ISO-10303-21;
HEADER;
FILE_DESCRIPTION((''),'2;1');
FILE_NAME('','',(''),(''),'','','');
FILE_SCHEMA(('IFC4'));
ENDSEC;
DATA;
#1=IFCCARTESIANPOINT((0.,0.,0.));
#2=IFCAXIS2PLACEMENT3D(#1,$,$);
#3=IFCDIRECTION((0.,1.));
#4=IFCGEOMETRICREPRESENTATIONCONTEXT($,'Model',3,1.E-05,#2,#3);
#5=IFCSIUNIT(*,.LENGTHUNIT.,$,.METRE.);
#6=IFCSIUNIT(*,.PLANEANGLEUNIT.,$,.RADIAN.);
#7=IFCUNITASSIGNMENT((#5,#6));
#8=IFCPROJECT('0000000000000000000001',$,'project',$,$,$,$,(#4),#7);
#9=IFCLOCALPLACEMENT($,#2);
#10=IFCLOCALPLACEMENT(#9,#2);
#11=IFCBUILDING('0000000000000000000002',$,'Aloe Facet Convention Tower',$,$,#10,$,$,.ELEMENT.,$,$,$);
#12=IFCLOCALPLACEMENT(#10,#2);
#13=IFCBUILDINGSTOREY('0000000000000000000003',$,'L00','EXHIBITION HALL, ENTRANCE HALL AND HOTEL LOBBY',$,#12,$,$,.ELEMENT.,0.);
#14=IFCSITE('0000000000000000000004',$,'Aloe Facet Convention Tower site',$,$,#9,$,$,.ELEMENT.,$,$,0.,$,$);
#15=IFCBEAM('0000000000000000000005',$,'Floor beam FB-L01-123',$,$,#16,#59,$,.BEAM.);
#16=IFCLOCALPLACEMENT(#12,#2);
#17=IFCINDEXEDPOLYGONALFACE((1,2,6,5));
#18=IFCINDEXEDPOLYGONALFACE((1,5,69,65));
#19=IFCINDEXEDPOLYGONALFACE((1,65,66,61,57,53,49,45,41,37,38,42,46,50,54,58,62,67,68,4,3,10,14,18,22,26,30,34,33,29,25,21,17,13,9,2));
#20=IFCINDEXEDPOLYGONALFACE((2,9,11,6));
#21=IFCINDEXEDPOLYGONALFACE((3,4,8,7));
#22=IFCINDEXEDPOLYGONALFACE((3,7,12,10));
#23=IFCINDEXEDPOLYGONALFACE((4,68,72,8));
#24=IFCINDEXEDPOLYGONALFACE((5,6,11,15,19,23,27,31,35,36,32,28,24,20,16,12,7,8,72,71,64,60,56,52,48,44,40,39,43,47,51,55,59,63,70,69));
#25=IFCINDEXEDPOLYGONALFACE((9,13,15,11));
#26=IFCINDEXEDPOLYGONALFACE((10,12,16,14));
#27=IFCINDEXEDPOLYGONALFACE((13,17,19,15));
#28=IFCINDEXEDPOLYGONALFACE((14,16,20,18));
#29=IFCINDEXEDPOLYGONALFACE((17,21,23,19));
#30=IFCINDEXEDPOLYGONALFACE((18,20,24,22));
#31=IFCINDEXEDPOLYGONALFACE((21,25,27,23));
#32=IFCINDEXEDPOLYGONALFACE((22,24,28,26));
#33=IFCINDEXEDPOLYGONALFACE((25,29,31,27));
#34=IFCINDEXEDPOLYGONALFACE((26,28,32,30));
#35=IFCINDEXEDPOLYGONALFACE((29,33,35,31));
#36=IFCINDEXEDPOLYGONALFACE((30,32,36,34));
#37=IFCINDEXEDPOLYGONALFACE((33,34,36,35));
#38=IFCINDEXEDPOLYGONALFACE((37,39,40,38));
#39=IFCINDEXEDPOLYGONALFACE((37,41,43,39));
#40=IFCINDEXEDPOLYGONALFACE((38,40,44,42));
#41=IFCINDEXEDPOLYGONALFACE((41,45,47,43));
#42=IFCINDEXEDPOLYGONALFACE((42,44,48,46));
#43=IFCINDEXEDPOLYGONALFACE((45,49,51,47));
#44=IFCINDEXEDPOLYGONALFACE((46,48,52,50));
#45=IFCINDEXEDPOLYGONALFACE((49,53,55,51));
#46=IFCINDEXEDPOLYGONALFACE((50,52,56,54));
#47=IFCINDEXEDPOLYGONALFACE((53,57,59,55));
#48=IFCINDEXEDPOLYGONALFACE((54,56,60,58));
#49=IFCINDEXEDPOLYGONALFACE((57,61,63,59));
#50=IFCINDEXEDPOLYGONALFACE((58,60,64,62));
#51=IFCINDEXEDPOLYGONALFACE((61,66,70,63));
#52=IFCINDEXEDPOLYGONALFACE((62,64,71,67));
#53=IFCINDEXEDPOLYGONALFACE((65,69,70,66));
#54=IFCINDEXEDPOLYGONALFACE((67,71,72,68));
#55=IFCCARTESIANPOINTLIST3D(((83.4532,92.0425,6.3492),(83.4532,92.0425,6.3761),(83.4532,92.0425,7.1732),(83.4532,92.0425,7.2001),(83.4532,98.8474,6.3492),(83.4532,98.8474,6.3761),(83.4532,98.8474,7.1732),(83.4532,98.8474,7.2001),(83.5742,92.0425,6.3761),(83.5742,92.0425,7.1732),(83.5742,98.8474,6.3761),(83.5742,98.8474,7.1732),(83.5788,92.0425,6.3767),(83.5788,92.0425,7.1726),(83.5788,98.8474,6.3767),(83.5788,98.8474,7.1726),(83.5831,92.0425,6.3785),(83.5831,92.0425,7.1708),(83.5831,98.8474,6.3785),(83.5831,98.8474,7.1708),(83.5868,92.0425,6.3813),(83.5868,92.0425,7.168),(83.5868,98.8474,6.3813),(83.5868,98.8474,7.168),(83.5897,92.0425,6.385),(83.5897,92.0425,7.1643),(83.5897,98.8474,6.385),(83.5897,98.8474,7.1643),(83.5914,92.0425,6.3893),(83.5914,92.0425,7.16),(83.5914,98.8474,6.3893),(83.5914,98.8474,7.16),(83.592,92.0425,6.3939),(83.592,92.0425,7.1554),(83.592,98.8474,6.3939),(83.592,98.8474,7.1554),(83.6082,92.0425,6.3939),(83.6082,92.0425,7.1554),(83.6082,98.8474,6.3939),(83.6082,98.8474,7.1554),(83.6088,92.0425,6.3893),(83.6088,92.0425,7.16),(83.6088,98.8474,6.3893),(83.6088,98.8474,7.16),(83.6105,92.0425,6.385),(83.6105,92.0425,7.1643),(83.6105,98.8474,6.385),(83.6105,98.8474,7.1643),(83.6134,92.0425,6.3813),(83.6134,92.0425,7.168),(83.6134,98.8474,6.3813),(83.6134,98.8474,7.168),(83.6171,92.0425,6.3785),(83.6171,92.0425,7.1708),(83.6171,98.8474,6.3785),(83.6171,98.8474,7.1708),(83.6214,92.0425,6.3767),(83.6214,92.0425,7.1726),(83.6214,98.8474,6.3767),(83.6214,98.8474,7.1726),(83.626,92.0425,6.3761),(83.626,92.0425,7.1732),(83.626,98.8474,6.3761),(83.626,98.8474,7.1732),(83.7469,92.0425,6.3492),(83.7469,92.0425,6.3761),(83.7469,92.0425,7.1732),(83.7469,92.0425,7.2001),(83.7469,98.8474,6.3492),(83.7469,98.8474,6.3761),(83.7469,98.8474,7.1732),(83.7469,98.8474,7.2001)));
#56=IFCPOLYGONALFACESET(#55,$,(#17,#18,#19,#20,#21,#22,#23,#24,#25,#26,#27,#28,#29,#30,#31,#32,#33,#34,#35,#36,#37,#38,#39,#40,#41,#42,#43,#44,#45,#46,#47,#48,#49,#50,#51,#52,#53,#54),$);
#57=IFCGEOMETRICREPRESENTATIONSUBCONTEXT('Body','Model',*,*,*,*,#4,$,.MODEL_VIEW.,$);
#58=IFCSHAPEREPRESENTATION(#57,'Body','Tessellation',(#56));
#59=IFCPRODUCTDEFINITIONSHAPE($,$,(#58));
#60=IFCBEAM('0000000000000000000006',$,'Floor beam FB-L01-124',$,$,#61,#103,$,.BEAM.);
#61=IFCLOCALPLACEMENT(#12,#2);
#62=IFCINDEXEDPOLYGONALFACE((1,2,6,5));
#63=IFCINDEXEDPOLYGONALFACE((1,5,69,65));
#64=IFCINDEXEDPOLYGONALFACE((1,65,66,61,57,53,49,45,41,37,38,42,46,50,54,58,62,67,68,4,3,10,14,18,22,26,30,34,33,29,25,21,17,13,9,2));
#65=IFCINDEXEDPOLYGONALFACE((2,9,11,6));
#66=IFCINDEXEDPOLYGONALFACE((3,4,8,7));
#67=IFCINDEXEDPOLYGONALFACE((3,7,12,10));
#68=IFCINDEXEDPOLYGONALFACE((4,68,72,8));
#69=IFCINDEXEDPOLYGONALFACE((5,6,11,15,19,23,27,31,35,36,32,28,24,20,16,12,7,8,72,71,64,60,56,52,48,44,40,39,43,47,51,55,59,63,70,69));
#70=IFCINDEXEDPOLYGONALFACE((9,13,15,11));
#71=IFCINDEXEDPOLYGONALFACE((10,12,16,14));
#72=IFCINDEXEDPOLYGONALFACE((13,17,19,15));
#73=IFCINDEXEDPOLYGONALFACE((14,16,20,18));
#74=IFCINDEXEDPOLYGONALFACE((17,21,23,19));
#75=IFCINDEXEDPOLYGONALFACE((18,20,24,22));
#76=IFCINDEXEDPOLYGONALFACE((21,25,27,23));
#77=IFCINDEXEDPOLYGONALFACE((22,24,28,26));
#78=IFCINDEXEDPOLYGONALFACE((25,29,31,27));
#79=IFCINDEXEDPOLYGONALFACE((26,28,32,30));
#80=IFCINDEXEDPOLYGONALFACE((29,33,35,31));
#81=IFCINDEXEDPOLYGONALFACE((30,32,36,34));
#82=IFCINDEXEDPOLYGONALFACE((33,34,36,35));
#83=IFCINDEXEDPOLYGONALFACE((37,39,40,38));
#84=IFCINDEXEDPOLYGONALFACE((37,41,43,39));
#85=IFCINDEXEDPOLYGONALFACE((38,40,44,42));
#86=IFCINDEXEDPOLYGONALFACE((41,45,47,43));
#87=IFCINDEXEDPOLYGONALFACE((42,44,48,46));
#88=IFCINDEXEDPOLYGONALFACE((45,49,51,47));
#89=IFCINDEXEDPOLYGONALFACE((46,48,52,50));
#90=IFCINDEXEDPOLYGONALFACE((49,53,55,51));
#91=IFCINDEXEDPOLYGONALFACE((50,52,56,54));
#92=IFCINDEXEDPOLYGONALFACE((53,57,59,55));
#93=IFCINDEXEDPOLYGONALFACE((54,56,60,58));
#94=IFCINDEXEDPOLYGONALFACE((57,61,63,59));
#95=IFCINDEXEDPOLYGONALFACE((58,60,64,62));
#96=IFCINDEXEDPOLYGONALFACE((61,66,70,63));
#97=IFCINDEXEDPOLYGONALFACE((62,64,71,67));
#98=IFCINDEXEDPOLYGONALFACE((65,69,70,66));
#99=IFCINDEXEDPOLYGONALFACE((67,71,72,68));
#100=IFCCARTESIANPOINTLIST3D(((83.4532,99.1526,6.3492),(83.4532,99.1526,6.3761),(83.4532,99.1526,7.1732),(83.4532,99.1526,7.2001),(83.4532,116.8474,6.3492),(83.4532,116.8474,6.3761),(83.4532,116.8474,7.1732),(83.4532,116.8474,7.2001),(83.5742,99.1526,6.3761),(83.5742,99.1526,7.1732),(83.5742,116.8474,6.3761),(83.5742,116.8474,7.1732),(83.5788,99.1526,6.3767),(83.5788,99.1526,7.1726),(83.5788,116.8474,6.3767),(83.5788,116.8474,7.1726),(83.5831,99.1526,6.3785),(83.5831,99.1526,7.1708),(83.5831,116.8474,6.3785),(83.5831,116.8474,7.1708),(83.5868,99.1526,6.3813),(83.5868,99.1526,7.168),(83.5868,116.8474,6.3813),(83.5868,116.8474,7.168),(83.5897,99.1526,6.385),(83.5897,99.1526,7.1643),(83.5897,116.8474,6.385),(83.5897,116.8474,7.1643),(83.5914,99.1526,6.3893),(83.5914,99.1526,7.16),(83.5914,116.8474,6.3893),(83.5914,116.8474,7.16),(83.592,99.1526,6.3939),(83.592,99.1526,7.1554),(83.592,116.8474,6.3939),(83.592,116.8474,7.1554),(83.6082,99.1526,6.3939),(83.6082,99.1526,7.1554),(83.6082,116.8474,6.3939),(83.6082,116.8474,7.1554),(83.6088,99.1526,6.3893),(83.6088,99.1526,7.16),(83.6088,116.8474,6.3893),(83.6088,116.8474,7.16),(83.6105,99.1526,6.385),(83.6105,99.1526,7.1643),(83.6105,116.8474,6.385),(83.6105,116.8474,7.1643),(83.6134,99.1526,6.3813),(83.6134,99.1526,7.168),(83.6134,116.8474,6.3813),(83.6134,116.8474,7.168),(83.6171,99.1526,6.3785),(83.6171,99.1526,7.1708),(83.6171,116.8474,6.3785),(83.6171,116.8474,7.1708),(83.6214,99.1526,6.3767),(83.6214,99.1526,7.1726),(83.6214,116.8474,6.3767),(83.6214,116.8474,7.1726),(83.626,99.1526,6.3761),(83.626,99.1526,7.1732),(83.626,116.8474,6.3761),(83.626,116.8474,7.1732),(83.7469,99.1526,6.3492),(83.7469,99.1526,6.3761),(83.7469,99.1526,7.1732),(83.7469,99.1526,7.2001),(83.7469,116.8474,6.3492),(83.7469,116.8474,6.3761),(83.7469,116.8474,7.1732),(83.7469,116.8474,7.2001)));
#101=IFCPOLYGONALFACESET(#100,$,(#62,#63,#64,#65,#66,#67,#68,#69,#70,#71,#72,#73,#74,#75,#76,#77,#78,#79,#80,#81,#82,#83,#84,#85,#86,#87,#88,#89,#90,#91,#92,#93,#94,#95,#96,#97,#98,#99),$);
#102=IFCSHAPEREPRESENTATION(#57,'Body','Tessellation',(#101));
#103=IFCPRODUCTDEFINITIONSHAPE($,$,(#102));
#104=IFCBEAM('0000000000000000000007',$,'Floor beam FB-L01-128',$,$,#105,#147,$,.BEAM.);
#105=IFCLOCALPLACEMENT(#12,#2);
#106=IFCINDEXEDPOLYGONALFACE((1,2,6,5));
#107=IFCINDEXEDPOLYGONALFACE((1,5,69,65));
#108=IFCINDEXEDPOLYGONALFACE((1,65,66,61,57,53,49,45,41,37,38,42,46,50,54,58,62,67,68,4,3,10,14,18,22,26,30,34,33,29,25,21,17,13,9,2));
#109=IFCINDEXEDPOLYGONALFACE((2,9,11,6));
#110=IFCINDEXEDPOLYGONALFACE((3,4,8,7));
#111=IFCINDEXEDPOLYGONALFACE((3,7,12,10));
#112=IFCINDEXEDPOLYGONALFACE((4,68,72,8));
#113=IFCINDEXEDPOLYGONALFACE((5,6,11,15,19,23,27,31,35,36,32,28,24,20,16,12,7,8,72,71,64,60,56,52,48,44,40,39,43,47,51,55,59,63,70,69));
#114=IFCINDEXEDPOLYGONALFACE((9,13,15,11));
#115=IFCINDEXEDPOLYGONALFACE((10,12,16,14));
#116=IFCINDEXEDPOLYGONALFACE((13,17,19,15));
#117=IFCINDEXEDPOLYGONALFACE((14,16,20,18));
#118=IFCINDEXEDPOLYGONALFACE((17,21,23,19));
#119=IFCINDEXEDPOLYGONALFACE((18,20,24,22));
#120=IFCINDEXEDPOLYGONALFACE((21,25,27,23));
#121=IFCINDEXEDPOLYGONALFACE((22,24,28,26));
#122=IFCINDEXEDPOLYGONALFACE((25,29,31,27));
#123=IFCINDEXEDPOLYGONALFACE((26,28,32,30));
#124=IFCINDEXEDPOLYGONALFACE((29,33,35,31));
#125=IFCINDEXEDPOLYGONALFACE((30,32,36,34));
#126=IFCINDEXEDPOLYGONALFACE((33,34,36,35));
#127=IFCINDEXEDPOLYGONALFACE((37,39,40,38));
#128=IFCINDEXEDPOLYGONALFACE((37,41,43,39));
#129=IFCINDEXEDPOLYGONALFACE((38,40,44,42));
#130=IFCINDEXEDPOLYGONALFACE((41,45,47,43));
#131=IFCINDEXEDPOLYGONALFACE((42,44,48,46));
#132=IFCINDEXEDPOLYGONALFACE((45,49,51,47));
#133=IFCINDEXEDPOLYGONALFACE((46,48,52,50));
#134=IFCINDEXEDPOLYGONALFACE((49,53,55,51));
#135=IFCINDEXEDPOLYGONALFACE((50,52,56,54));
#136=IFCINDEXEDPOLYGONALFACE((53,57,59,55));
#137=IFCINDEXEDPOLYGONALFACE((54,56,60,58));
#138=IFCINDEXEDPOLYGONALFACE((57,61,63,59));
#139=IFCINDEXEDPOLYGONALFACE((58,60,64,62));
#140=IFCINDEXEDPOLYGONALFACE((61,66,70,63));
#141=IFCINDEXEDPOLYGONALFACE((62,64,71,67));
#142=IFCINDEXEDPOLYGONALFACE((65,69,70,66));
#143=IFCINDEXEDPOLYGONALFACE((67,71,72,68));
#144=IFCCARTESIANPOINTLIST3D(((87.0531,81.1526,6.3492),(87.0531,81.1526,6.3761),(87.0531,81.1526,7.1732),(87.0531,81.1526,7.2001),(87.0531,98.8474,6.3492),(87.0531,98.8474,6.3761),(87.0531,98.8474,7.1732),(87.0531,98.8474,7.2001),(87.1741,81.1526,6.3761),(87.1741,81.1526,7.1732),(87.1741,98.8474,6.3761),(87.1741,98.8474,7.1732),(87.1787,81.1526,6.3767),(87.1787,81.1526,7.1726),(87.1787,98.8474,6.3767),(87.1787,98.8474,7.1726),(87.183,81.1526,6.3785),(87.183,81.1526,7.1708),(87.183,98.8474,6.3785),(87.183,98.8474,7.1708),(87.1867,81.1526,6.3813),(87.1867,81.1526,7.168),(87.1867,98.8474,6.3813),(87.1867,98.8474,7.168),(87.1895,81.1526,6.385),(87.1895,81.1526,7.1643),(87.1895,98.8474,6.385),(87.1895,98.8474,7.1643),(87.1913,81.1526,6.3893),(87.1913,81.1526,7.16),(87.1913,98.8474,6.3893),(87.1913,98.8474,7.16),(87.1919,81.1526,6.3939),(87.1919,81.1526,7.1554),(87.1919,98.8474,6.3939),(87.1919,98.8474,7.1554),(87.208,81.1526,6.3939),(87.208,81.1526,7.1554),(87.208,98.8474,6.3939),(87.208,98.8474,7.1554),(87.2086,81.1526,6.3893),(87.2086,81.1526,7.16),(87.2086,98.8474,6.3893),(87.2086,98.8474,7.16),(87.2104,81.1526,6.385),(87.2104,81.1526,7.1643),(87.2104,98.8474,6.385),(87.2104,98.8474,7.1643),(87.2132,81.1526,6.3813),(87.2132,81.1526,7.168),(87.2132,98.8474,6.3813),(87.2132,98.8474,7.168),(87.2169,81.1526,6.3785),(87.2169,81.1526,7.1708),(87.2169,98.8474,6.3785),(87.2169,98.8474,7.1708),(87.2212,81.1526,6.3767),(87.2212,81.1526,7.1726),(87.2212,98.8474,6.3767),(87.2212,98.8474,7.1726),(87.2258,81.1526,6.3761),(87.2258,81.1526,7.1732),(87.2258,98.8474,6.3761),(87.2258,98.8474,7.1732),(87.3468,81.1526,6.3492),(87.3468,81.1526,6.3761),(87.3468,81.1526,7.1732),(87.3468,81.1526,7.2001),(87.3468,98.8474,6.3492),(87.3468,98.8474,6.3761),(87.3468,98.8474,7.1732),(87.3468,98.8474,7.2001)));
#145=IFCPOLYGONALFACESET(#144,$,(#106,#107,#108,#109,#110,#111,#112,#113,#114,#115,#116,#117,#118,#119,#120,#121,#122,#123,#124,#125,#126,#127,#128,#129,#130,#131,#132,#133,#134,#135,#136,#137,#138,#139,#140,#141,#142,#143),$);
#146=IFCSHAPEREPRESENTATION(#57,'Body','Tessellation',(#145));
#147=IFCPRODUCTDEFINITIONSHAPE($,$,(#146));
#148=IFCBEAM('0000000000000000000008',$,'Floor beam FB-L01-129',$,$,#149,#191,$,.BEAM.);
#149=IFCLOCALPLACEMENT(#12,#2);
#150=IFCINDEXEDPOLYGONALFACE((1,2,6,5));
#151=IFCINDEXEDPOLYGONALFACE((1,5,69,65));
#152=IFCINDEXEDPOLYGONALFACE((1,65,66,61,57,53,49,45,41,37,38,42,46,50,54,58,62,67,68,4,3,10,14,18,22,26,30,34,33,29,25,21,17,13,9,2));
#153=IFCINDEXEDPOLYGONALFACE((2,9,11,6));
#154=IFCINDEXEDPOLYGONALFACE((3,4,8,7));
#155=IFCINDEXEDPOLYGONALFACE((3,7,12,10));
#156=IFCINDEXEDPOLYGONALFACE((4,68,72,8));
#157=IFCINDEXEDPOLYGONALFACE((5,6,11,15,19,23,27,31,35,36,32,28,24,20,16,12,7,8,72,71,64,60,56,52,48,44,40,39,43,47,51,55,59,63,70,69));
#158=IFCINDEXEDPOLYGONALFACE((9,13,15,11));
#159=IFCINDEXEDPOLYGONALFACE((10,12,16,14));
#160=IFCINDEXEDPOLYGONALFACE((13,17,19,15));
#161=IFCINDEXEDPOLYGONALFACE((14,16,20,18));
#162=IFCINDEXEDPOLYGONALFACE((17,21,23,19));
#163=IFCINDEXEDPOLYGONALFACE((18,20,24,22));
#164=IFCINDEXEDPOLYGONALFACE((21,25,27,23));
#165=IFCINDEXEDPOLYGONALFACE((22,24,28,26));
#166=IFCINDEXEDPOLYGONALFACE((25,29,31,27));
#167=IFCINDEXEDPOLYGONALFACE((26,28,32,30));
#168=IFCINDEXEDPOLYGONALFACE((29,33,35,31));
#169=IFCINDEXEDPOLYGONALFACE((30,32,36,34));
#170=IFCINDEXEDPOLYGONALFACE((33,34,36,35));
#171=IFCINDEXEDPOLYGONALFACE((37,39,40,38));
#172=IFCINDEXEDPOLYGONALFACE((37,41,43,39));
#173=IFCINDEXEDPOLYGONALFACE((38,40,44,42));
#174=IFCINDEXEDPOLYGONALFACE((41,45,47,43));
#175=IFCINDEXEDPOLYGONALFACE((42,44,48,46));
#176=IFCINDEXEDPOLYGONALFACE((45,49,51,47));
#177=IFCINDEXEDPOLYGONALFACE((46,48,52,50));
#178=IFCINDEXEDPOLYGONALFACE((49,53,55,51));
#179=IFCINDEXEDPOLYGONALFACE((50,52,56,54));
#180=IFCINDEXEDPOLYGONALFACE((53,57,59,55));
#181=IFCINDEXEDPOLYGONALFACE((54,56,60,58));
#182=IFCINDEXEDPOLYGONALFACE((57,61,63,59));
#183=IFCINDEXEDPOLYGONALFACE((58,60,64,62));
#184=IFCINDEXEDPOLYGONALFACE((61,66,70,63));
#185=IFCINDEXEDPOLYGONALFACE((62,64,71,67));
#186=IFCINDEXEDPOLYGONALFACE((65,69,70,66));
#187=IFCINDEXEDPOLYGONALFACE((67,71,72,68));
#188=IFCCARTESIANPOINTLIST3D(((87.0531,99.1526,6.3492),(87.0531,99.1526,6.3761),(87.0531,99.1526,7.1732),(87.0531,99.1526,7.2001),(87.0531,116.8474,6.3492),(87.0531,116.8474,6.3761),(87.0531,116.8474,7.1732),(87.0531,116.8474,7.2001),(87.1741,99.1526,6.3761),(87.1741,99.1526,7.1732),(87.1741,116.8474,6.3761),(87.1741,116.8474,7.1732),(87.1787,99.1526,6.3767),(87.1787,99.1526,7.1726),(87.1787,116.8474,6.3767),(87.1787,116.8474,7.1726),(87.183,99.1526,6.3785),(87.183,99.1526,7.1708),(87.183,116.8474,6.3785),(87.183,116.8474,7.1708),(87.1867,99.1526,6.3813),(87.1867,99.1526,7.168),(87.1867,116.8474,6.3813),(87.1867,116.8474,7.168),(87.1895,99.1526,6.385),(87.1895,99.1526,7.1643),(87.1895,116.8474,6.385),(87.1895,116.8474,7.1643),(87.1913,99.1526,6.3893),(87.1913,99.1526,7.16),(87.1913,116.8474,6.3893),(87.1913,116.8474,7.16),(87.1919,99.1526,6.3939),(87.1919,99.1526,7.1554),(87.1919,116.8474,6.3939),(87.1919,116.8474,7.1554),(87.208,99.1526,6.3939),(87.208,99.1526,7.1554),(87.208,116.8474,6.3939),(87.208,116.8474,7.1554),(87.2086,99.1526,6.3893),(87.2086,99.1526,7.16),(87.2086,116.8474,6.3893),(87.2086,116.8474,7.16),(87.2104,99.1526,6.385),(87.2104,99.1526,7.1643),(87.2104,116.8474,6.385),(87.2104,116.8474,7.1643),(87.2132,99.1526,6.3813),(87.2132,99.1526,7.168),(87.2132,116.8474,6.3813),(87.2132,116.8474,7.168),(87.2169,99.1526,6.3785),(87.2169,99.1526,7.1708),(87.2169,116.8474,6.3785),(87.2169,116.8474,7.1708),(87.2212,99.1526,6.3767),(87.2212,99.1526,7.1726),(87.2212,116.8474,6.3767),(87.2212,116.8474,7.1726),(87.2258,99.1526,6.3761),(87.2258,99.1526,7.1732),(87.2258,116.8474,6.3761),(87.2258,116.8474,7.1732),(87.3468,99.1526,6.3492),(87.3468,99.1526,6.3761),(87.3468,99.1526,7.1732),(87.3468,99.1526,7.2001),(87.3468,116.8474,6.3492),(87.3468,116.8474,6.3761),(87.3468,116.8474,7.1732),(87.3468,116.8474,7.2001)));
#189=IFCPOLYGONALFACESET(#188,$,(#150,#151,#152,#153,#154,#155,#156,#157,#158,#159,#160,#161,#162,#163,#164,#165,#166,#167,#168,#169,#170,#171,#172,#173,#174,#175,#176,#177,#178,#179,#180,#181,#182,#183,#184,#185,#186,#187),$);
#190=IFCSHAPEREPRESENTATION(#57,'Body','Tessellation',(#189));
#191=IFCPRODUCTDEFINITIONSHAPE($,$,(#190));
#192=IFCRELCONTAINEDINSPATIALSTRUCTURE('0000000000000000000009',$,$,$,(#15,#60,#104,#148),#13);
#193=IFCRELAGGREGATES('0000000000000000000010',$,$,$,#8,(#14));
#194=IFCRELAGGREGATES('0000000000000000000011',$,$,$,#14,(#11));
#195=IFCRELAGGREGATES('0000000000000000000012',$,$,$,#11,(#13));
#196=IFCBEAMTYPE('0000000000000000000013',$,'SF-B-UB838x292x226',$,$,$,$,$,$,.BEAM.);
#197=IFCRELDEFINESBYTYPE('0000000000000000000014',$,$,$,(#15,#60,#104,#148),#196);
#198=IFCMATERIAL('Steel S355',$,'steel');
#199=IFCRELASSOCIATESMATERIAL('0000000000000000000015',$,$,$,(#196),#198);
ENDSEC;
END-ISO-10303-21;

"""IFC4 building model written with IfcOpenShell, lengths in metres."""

from ifc_helpers import new_model, si_unit, direction, frame, origin, origin_2d, place, context, subcontext, project, spatial, i_section, extrude, material, material_profile, profile_set, type_object, element, save


model = new_model("IFC4")

# Units and contexts
model_context = context("Model", 3, precision=1e-05, world=origin(), true_north=direction((0.0, 1.0)))
body_context = subcontext(model_context, "Body", "Model", "MODEL_VIEW")
ifc_project = project(units=[si_unit("LENGTHUNIT", "METRE"), si_unit("PLANEANGLEUNIT", "RADIAN")], contexts=[model_context])

# Site, building, storey
site_placement = place(None, origin())
site = spatial("IfcSite", under=ifc_project, at=site_placement, Name="Aloe Facet Convention Tower site", CompositionType="ELEMENT", RefElevation=0.0)
building_placement = place(site_placement, origin())
building = spatial("IfcBuilding", under=site, at=building_placement, Name="Aloe Facet Convention Tower", CompositionType="ELEMENT")
storey_placement = place(building_placement, origin())
storey = spatial("IfcBuildingStorey", under=building, at=storey_placement, Name="L00", Description="EXHIBITION HALL, ENTRANCE HALL AND HOTEL LOBBY", CompositionType="ELEMENT", Elevation=0.0)

# Beams
ifc_material_1 = material(Name="Steel S355", Category="steel")
ifc_material_profile_1 = material_profile(ifc_material_1, i_section(OverallWidth=0.2937, OverallDepth=0.8508, WebThickness=0.0161, FlangeThickness=0.0269, FilletRadius=0.0178, at=origin_2d()), Name="UB 838x292x226")
ifc_profile_set_1 = profile_set([ifc_material_profile_1], Name="Steel S355")
beam_type_1 = type_object("IfcBeamType", Name="SF-B-UB838x292x226", PredefinedType="BEAM", material=ifc_profile_set_1)
beam_1_placement = place(storey_placement, frame((83.6001, 92.0425, 6.7747), z_axis=(0.0, 1.0, 0.0), x_axis=(-1.0, 0.0, 0.0)))
element("IfcBeam", 1, at=beam_1_placement, inside=storey, type_object=beam_type_1, Name="Floor beam FB-L01-123", PredefinedType="BEAM", context=body_context, shape_type="SweptSolid", body=[
    extrude(i_section(OverallWidth=0.2937, OverallDepth=0.8508, WebThickness=0.0161, FlangeThickness=0.0269, FilletRadius=0.0178, at=origin_2d()), origin(), (0.0, 0.0, 1.0), 6.8049),
])
for number, where, z_axis, x_axis, name in (
    (2, (83.6001, 99.1526, 6.7747), (0.0, 1.0, 0.0), (-1.0, 0.0, 0.0), "Floor beam FB-L01-124"),
    (3, (87.2, 81.1526, 6.7747), (0.0, 1.0, 0.0), (-1.0, 0.0, 0.0), "Floor beam FB-L01-128"),
    (4, (87.2, 99.1526, 6.7747), (0.0, 1.0, 0.0), (-1.0, 0.0, 0.0), "Floor beam FB-L01-129"),
):
    element("IfcBeam", number, at=place(storey_placement, frame(where, z_axis=z_axis, x_axis=x_axis)), inside=storey, type_object=beam_type_1, Name=name, PredefinedType="BEAM", context=body_context, shape_type="SweptSolid", body=[
        extrude(i_section(OverallWidth=0.2937, OverallDepth=0.8508, WebThickness=0.0161, FlangeThickness=0.0269, FilletRadius=0.0178, at=origin_2d()), origin(), (0.0, 0.0, 1.0), 17.6948),
    ])

save(model, "model.ifc")
